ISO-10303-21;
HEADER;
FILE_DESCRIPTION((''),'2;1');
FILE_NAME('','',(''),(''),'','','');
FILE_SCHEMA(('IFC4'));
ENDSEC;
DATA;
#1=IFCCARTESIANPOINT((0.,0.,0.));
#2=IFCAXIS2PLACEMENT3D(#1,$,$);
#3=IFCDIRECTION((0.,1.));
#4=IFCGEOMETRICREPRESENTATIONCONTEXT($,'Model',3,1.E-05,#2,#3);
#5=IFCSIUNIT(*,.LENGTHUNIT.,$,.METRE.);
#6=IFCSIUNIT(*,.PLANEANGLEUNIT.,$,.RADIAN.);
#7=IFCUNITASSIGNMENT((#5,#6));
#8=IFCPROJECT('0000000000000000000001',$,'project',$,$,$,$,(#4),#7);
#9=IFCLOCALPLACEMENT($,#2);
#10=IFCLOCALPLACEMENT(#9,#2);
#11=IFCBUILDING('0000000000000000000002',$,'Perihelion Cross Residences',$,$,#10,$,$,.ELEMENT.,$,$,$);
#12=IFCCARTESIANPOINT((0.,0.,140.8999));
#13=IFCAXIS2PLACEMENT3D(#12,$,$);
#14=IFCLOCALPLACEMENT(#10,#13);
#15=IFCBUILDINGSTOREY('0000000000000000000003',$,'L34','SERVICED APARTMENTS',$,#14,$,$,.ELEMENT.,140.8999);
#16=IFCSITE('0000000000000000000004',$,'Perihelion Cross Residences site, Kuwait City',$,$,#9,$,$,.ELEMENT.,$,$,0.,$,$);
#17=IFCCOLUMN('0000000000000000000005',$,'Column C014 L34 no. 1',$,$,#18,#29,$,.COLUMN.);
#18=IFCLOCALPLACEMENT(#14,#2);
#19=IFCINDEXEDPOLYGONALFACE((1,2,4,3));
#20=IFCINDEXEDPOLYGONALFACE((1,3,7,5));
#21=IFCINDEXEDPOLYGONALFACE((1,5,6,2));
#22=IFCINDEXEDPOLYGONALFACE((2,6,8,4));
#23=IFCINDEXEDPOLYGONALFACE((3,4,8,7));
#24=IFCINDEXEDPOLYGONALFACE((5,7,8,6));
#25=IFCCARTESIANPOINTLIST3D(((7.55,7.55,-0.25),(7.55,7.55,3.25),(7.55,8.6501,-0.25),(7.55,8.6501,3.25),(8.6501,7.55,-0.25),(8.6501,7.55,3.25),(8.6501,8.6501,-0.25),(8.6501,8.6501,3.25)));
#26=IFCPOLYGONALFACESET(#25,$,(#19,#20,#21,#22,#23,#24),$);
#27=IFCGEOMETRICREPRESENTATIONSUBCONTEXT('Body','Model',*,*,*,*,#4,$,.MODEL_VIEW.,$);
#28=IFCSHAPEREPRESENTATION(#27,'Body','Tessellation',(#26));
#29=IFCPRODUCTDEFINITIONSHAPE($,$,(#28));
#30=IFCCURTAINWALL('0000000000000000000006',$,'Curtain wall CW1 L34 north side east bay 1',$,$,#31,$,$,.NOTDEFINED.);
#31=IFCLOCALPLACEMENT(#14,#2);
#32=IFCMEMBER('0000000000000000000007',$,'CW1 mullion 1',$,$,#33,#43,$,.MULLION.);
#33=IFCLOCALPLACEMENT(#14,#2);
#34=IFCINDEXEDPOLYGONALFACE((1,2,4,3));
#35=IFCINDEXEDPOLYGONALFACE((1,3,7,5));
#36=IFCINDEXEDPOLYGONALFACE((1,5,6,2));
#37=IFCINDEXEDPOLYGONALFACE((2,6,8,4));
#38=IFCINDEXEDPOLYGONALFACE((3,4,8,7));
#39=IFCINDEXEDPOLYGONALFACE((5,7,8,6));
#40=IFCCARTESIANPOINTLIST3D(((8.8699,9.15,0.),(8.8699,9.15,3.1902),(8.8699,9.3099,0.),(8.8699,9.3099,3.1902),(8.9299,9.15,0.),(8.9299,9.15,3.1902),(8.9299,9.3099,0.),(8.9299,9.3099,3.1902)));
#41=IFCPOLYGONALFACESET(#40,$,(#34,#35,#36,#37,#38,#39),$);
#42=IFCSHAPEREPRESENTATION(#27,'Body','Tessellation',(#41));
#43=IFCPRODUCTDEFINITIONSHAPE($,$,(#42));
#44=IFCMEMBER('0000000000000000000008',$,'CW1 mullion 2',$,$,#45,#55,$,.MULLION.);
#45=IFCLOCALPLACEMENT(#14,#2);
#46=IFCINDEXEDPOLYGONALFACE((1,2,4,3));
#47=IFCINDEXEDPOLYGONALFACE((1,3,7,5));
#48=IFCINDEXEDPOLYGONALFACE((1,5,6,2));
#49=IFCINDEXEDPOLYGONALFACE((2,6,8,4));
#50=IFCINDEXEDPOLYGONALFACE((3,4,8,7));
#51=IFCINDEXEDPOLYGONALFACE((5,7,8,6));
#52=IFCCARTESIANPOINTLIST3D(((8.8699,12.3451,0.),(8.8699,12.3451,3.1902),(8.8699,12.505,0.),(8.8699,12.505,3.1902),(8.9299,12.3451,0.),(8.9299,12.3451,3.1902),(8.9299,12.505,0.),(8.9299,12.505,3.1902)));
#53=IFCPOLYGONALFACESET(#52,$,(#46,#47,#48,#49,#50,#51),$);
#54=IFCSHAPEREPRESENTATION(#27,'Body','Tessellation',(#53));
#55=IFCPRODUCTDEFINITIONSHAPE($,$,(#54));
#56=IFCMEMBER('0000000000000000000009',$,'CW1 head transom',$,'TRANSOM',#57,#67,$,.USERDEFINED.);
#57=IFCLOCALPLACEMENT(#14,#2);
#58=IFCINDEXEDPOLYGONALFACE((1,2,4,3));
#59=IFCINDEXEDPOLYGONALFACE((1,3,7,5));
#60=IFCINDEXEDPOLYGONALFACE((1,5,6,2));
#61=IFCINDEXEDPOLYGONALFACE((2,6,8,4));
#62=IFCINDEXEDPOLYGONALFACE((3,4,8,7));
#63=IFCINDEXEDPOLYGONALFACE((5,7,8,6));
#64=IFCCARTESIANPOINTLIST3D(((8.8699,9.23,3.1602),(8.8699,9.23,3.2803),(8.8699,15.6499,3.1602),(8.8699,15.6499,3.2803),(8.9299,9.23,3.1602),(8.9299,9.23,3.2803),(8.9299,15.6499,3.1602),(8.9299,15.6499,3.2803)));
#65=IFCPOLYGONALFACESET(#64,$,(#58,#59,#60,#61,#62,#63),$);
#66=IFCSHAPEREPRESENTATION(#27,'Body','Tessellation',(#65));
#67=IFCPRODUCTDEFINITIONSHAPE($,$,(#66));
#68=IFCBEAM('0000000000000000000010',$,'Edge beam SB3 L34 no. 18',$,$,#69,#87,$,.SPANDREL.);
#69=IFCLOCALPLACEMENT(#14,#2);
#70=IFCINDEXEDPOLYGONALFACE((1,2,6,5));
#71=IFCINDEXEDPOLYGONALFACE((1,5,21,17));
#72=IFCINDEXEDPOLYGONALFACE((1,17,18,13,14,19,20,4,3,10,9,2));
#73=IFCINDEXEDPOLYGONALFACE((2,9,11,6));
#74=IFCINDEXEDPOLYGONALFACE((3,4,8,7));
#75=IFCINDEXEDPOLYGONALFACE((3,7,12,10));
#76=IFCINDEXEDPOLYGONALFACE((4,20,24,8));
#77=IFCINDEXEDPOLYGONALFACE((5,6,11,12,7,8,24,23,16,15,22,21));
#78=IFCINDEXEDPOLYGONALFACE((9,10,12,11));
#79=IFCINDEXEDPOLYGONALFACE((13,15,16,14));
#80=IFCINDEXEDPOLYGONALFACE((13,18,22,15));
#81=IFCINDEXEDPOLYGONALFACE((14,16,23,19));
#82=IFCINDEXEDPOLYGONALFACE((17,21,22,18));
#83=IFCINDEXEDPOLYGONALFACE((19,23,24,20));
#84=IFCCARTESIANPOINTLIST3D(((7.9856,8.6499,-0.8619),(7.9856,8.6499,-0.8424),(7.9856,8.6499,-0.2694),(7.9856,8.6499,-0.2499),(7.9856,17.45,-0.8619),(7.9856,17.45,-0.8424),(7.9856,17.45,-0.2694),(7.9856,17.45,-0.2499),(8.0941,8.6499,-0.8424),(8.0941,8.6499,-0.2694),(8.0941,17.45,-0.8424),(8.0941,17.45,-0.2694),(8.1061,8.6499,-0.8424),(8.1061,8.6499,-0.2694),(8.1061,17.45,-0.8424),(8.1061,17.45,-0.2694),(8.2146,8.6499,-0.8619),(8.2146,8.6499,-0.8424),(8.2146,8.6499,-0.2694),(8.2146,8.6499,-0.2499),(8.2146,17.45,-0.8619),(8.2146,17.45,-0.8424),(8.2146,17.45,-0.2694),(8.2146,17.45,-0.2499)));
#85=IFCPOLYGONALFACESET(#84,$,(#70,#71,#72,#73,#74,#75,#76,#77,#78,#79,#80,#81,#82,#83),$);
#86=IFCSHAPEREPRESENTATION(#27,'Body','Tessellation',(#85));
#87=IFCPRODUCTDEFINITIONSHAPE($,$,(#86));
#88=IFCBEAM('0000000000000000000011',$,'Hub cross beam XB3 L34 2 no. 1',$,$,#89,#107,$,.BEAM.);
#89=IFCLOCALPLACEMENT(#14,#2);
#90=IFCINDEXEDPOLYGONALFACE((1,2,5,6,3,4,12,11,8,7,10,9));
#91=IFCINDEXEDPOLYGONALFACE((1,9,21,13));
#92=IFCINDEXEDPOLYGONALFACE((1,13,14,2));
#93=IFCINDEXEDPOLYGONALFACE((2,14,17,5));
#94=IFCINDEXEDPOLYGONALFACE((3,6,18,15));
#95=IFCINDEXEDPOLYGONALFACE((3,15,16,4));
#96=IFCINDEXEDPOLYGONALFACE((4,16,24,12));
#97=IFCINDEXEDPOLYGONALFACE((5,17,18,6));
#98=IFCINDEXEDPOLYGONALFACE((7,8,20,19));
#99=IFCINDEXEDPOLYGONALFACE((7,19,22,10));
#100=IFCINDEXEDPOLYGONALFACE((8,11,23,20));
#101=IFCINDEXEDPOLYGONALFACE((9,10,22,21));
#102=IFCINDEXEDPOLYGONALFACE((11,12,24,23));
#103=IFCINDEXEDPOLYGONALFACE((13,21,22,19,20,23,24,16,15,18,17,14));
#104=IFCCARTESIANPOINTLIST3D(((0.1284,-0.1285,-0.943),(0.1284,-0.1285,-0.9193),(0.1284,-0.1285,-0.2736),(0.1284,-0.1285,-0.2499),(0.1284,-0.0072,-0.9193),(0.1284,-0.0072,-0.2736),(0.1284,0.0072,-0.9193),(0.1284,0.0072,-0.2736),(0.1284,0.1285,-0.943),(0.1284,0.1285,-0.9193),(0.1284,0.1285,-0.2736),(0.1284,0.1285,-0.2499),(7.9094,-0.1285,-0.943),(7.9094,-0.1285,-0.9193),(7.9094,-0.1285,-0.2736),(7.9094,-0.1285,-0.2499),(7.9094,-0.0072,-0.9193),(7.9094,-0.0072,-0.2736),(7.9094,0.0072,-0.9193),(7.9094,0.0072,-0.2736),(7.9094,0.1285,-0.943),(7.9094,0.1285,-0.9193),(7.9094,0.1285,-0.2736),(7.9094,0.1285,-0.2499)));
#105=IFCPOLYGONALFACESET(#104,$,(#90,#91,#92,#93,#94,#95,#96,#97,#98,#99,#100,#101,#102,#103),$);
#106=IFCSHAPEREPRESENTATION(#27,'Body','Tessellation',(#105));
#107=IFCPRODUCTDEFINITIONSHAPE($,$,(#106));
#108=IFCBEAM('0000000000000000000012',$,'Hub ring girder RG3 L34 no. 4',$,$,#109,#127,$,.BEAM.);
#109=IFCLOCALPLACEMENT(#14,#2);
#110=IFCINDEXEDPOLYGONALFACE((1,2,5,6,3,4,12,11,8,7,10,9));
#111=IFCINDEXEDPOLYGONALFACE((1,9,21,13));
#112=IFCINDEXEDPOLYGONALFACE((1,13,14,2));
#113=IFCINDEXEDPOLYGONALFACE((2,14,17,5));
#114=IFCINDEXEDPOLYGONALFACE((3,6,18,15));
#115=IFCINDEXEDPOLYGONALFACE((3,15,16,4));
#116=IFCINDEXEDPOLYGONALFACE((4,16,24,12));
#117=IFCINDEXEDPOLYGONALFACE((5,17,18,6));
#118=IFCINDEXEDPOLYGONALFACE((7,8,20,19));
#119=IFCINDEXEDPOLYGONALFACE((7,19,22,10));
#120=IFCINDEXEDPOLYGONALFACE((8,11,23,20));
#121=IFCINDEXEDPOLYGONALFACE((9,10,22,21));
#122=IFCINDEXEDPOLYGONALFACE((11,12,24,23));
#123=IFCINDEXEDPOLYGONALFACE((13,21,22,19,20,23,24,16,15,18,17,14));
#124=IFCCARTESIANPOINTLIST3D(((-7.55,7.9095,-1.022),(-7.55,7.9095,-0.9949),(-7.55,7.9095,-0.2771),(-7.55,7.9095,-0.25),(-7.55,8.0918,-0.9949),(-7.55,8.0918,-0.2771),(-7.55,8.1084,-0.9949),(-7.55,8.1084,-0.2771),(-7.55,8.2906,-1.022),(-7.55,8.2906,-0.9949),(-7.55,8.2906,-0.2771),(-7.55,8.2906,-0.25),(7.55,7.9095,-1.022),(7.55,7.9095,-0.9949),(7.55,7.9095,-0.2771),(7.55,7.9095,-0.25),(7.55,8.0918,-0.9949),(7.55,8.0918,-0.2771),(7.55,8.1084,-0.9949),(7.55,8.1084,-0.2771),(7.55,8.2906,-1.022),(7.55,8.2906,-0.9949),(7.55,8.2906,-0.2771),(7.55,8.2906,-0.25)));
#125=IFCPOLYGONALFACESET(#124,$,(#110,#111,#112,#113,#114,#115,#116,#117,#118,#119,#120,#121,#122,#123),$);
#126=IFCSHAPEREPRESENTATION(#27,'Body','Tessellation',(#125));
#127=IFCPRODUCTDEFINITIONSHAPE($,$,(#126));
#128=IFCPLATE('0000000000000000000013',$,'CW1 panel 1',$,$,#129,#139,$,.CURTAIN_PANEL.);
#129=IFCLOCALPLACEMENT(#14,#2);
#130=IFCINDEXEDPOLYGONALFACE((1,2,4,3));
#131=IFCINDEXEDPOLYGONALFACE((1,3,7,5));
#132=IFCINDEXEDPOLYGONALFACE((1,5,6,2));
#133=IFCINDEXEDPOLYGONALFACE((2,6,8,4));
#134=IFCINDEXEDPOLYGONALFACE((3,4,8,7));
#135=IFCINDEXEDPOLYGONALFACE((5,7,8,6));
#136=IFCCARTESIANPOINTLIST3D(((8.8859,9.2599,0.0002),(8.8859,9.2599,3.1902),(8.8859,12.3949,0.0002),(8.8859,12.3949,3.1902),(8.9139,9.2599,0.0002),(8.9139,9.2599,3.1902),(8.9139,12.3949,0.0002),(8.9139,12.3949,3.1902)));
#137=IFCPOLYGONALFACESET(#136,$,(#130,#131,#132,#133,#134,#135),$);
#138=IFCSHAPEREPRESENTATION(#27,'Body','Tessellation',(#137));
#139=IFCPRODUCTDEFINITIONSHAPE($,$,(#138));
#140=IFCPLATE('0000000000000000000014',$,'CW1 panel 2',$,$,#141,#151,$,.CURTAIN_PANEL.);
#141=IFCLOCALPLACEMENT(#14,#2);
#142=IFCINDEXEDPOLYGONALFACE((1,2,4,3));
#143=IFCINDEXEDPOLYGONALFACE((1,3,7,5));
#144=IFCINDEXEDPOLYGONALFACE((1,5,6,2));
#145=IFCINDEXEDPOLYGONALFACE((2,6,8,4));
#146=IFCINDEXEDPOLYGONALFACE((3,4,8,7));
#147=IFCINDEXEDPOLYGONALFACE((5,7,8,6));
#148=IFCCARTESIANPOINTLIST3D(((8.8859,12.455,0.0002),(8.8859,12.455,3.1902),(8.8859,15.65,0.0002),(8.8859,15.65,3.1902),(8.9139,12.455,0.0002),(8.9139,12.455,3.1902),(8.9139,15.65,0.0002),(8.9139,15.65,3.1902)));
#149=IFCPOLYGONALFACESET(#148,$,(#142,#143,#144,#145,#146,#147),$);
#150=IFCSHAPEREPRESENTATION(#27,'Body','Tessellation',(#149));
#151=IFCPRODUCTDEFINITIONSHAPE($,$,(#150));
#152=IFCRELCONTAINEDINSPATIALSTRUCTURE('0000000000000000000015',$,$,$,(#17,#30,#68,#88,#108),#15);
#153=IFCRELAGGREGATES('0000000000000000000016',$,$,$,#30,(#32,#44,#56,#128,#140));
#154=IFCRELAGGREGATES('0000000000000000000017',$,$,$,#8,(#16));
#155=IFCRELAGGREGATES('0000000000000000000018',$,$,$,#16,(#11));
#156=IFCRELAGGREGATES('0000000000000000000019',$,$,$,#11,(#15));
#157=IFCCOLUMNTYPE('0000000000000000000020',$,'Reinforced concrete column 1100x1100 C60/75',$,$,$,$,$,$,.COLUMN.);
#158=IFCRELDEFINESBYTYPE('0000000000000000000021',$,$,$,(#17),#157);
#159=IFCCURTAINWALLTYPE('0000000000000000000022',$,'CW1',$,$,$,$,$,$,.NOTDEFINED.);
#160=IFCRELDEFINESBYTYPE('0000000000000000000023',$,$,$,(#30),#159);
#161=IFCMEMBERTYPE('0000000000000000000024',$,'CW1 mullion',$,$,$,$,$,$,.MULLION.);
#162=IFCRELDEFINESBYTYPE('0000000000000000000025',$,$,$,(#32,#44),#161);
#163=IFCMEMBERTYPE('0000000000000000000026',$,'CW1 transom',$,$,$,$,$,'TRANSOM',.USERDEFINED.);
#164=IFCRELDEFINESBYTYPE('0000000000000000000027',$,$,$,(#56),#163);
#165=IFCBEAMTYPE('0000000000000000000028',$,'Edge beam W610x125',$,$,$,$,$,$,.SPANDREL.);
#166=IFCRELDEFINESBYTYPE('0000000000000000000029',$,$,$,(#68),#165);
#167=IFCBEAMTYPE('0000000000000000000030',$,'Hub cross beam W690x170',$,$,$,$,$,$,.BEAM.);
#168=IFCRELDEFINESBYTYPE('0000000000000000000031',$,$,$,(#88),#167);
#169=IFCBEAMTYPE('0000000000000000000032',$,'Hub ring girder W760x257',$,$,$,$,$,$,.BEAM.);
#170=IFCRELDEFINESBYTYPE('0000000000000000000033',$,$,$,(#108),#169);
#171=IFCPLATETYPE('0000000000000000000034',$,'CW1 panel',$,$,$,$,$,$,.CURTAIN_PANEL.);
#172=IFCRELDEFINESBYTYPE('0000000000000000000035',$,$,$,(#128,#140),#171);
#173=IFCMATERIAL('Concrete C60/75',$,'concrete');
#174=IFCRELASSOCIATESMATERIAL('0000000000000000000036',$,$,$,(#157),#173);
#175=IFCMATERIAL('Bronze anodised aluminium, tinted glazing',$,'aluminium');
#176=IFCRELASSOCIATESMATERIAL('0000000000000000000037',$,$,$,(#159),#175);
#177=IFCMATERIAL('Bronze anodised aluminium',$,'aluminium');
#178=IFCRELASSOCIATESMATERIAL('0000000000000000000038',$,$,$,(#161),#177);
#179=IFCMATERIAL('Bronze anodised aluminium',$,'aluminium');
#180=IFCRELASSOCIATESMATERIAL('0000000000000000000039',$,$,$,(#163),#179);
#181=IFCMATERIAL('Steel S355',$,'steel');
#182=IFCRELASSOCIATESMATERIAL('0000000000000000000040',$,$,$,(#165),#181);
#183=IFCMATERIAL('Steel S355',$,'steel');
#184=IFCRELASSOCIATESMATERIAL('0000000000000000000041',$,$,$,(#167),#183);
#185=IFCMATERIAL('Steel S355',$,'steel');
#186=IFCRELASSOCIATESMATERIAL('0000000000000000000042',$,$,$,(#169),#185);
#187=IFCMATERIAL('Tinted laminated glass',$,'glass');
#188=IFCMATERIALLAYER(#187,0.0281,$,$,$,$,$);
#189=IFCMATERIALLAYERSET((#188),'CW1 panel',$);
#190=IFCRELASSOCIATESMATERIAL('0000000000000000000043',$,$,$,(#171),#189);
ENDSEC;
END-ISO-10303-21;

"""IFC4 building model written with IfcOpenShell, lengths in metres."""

from ifc_helpers import new_model, si_unit, direction, frame, origin, origin_2d, place, context, subcontext, project, spatial, rectangle, i_section, extrude, material, layer, layer_set, material_profile, profile_set, type_object, element, aggregate, save


model = new_model("IFC4")

# Units and contexts
model_context = context("Model", 3, precision=1e-05, world=origin(), true_north=direction((0.0, 1.0)))
body_context = subcontext(model_context, "Body", "Model", "MODEL_VIEW")
ifc_project = project(units=[si_unit("LENGTHUNIT", "METRE"), si_unit("PLANEANGLEUNIT", "RADIAN")], contexts=[model_context])

# Site, building, storey
site_placement = place(None, origin())
site = spatial("IfcSite", under=ifc_project, at=site_placement, Name="Perihelion Cross Residences site, Kuwait City", CompositionType="ELEMENT", RefElevation=0.0)
building_placement = place(site_placement, origin())
building = spatial("IfcBuilding", under=site, at=building_placement, Name="Perihelion Cross Residences", CompositionType="ELEMENT")
storey_placement = place(building_placement, frame((0.0, 0.0, 140.8999)))
storey = spatial("IfcBuildingStorey", under=building, at=storey_placement, Name="L34", Description="SERVICED APARTMENTS", CompositionType="ELEMENT", Elevation=140.8999)

# Column
ifc_material_1 = material(Name="Concrete C60/75", Category="concrete")
ifc_material_profile_1 = material_profile(ifc_material_1, rectangle(XDim=1.1001, YDim=1.1001, at=origin_2d()), Name="RC 1100x1100")
ifc_profile_set_1 = profile_set([ifc_material_profile_1], Name="Concrete C60/75")
column_type = type_object("IfcColumnType", Name="Reinforced concrete column 1100x1100 C60/75", PredefinedType="COLUMN", material=ifc_profile_set_1)
column_placement = place(storey_placement, frame((8.1001, 8.1001, -0.25), z_axis=(0.0, 0.0, 1.0), x_axis=(1.0, 0.0, 0.0)))
element("IfcColumn", 1, at=column_placement, inside=storey, type_object=column_type, Name="Column C014 L34 no. 1", PredefinedType="COLUMN", context=body_context, shape_type="SweptSolid", body=[
    extrude(rectangle(XDim=1.1001, YDim=1.1001, at=origin_2d()), origin(), (0.0, 0.0, 1.0), 3.5),
])

# Curtain wall, members
ifc_material_2 = material(Name="Bronze anodised aluminium, tinted glazing", Category="aluminium")
curtain_wall_type = type_object("IfcCurtainWallType", Name="CW1", PredefinedType="NOTDEFINED", material=ifc_material_2)
curtain_wall_placement = place(storey_placement, origin())
curtain_wall = element("IfcCurtainWall", 2, at=curtain_wall_placement, inside=storey, type_object=curtain_wall_type, Name="Curtain wall CW1 L34 north side east bay 1", PredefinedType="NOTDEFINED")
ifc_material_3 = material(Name="Bronze anodised aluminium", Category="aluminium")
ifc_material_profile_2 = material_profile(ifc_material_3, rectangle(XDim=0.0601, YDim=0.1599, at=origin_2d()), Name="CW1 mullion")
ifc_profile_set_2 = profile_set([ifc_material_profile_2], Name="Bronze anodised aluminium")
member_type_1 = type_object("IfcMemberType", Name="CW1 mullion", PredefinedType="MULLION", material=ifc_profile_set_2)
member_1_placement = place(storey_placement, frame((8.8999, 9.23, 0.0), z_axis=(0.0, 0.0, 1.0), x_axis=(-1.0, 0.0, 0.0)))
member_1 = element("IfcMember", 3, at=member_1_placement, type_object=member_type_1, Name="CW1 mullion 1", PredefinedType="MULLION", context=body_context, shape_type="SweptSolid", body=[
    extrude(rectangle(XDim=0.0601, YDim=0.1599, at=origin_2d()), origin(), (0.0, 0.0, 1.0), 3.1902),
])
member_2_placement = place(storey_placement, frame((8.8999, 12.425, 0.0), z_axis=(0.0, 0.0, 1.0), x_axis=(-1.0, 0.0, 0.0)))
member_2 = element("IfcMember", 4, at=member_2_placement, type_object=member_type_1, Name="CW1 mullion 2", PredefinedType="MULLION", context=body_context, shape_type="SweptSolid", body=[
    extrude(rectangle(XDim=0.0601, YDim=0.1599, at=origin_2d()), origin(), (0.0, 0.0, 1.0), 3.1902),
])
ifc_material_4 = material(Name="Bronze anodised aluminium", Category="aluminium")
ifc_material_profile_3 = material_profile(ifc_material_4, rectangle(XDim=0.0601, YDim=0.1201, at=origin_2d()), Name="CW1 transom")
ifc_profile_set_3 = profile_set([ifc_material_profile_3], Name="Bronze anodised aluminium")
member_type_2 = type_object("IfcMemberType", Name="CW1 transom", ElementType="TRANSOM", PredefinedType="USERDEFINED", material=ifc_profile_set_3)
member_3_placement = place(storey_placement, frame((8.8999, 9.23, 3.2202), z_axis=(0.0, 1.0, 0.0), x_axis=(-1.0, 0.0, 0.0)))
member_3 = element("IfcMember", 5, at=member_3_placement, type_object=member_type_2, Name="CW1 head transom", ObjectType="TRANSOM", PredefinedType="USERDEFINED", context=body_context, shape_type="SweptSolid", body=[
    extrude(rectangle(XDim=0.0601, YDim=0.1201, at=origin_2d()), origin(), (0.0, 0.0, 1.0), 6.4199),
])

# Beams
ifc_material_5 = material(Name="Steel S355", Category="steel")
ifc_material_profile_4 = material_profile(ifc_material_5, i_section(OverallWidth=0.229, OverallDepth=0.6121, WebThickness=0.012, FlangeThickness=0.0195, at=origin_2d()), Name="W610x125")
ifc_profile_set_4 = profile_set([ifc_material_profile_4], Name="Steel S355")
beam_type_1 = type_object("IfcBeamType", Name="Edge beam W610x125", PredefinedType="SPANDREL", material=ifc_profile_set_4)
beam_1_placement = place(storey_placement, frame((8.1001, 8.6499, -0.5559), z_axis=(0.0, 1.0, 0.0), x_axis=(-1.0, 0.0, 0.0)))
element("IfcBeam", 6, at=beam_1_placement, inside=storey, type_object=beam_type_1, Name="Edge beam SB3 L34 no. 18", PredefinedType="SPANDREL", context=body_context, shape_type="SweptSolid", body=[
    extrude(i_section(OverallWidth=0.229, OverallDepth=0.6121, WebThickness=0.012, FlangeThickness=0.0195, at=origin_2d()), origin(), (0.0, 0.0, 1.0), 8.8),
])
ifc_material_6 = material(Name="Steel S355", Category="steel")
ifc_material_profile_5 = material_profile(ifc_material_6, i_section(OverallWidth=0.2571, OverallDepth=0.6931, WebThickness=0.0144, FlangeThickness=0.0237, at=origin_2d()), Name="W690x170")
ifc_profile_set_5 = profile_set([ifc_material_profile_5], Name="Steel S355")
beam_type_2 = type_object("IfcBeamType", Name="Hub cross beam W690x170", PredefinedType="BEAM", material=ifc_profile_set_5)
beam_2_placement = place(storey_placement, frame((0.1284, 0.0, -0.5964), z_axis=(1.0, 0.0, 0.0), x_axis=(0.0, 1.0, 0.0)))
element("IfcBeam", 7, at=beam_2_placement, inside=storey, type_object=beam_type_2, Name="Hub cross beam XB3 L34 2 no. 1", PredefinedType="BEAM", context=body_context, shape_type="SweptSolid", body=[
    extrude(i_section(OverallWidth=0.2571, OverallDepth=0.6931, WebThickness=0.0144, FlangeThickness=0.0237, at=origin_2d()), origin(), (0.0, 0.0, 1.0), 7.781),
])
ifc_material_7 = material(Name="Steel S355", Category="steel")
ifc_material_profile_6 = material_profile(ifc_material_7, i_section(OverallWidth=0.3811, OverallDepth=0.772, WebThickness=0.0166, FlangeThickness=0.0271, at=origin_2d()), Name="W760x257")
ifc_profile_set_6 = profile_set([ifc_material_profile_6], Name="Steel S355")
beam_type_3 = type_object("IfcBeamType", Name="Hub ring girder W760x257", PredefinedType="BEAM", material=ifc_profile_set_6)
beam_3_placement = place(storey_placement, frame((7.55, 8.1001, -0.636), z_axis=(-1.0, 0.0, 0.0), x_axis=(0.0, -1.0, 0.0)))
element("IfcBeam", 8, at=beam_3_placement, inside=storey, type_object=beam_type_3, Name="Hub ring girder RG3 L34 no. 4", PredefinedType="BEAM", context=body_context, shape_type="SweptSolid", body=[
    extrude(i_section(OverallWidth=0.3811, OverallDepth=0.772, WebThickness=0.0166, FlangeThickness=0.0271, at=origin_2d()), origin(), (0.0, 0.0, 1.0), 15.1001),
])

# Plates
ifc_material_8 = material(Name="Tinted laminated glass", Category="glass")
ifc_layer_1 = layer(ifc_material_8, 0.0281)
ifc_layer_set_1 = layer_set([ifc_layer_1], Name="CW1 panel")
plate_type = type_object("IfcPlateType", Name="CW1 panel", PredefinedType="CURTAIN_PANEL", material=ifc_layer_set_1)
plate_1_placement = place(storey_placement, frame((8.8999, 10.8274, 0.0002), z_axis=(0.0, 0.0, 1.0), x_axis=(0.0, 1.0, 0.0)))
plate_1 = element("IfcPlate", 9, at=plate_1_placement, type_object=plate_type, Name="CW1 panel 1", PredefinedType="CURTAIN_PANEL", context=body_context, shape_type="SweptSolid", body=[
    extrude(rectangle(XDim=3.135, YDim=0.0281, at=origin_2d()), origin(), (0.0, 0.0, 1.0), 3.1899),
])
plate_2_placement = place(storey_placement, frame((8.8999, 14.0525, 0.0002), z_axis=(0.0, 0.0, 1.0), x_axis=(0.0, 1.0, 0.0)))
plate_2 = element("IfcPlate", 10, at=plate_2_placement, type_object=plate_type, Name="CW1 panel 2", PredefinedType="CURTAIN_PANEL", context=body_context, shape_type="SweptSolid", body=[
    extrude(rectangle(XDim=3.1951, YDim=0.0281, at=origin_2d()), origin(), (0.0, 0.0, 1.0), 3.1899),
])
aggregate(curtain_wall, [member_1, member_2, member_3, plate_1, plate_2])

save(model, "model.ifc")
